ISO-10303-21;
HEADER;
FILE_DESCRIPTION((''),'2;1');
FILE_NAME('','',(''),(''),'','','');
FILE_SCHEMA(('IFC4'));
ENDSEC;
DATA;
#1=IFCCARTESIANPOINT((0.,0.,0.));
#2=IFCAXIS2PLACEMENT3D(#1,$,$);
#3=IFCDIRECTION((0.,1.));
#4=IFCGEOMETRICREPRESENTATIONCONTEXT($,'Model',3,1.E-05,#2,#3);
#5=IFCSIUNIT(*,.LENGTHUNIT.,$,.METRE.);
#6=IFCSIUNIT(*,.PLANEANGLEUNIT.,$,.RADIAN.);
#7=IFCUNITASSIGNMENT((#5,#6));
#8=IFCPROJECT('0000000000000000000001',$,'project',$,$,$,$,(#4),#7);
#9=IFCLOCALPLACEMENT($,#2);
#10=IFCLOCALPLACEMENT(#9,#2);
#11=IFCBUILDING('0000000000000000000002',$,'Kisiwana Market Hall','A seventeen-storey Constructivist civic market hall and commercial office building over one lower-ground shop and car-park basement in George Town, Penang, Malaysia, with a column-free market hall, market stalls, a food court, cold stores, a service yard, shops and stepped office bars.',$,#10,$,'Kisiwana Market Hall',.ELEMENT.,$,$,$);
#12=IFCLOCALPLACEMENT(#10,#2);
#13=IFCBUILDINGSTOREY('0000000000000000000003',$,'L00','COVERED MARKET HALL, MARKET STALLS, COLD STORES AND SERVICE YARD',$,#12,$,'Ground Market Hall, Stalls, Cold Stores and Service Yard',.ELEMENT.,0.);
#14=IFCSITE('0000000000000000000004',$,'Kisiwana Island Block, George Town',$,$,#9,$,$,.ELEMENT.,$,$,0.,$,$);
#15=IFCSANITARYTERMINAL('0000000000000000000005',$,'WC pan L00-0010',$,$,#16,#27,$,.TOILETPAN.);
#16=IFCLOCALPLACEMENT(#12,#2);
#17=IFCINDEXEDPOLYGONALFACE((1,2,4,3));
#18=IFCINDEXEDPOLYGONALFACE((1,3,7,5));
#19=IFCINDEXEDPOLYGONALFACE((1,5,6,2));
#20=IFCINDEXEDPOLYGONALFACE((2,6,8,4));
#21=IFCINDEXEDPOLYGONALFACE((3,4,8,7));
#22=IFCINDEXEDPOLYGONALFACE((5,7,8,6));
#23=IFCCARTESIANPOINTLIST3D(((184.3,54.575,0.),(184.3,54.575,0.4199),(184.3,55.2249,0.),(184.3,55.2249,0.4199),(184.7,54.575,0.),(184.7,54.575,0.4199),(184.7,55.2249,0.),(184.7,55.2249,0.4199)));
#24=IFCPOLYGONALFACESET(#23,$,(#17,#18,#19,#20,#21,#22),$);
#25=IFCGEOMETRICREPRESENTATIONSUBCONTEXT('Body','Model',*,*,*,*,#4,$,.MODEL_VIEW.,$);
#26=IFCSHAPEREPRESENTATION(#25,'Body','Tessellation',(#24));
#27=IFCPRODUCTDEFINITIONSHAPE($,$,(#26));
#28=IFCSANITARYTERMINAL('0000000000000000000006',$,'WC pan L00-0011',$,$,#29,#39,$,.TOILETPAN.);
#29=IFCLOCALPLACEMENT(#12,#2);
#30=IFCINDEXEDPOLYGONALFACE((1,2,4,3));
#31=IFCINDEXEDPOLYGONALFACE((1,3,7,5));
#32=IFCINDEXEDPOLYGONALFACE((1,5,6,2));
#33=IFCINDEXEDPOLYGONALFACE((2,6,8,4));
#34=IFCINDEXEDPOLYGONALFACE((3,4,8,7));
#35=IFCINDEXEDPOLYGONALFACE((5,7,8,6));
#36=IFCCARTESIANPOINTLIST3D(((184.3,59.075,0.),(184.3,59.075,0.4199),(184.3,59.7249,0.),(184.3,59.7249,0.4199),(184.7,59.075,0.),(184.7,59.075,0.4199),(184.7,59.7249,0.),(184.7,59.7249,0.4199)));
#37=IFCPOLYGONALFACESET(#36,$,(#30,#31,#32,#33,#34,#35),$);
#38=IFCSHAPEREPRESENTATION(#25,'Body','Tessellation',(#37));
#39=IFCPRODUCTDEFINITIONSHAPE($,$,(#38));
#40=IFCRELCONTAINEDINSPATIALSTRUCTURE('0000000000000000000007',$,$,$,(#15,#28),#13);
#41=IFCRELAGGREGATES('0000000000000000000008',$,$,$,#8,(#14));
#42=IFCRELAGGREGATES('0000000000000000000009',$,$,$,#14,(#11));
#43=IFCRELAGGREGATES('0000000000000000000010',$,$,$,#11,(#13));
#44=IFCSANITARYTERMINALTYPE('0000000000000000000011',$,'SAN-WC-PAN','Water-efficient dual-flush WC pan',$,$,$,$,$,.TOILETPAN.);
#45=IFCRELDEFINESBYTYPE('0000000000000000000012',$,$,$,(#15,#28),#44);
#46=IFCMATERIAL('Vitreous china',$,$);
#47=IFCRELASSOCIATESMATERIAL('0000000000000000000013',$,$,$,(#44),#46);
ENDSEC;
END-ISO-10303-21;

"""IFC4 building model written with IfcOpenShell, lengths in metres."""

from ifc_helpers import new_model, si_unit, direction, frame, origin, origin_2d, place, context, subcontext, project, spatial, rectangle, extrude, material, type_object, element, save


model = new_model("IFC4")

# Units and contexts
model_context = context("Model", 3, precision=1e-05, world=origin(), true_north=direction((0.0, 1.0)))
body_context = subcontext(model_context, "Body", "Model", "MODEL_VIEW")
ifc_project = project(units=[si_unit("LENGTHUNIT", "METRE"), si_unit("PLANEANGLEUNIT", "RADIAN")], contexts=[model_context])

# Site, building, storey
site_placement = place(None, origin())
site = spatial("IfcSite", under=ifc_project, at=site_placement, Name="Kisiwana Island Block, George Town", CompositionType="ELEMENT", RefElevation=0.0)
building_placement = place(site_placement, origin())
building = spatial("IfcBuilding", under=site, at=building_placement, Name="Kisiwana Market Hall", Description="A seventeen-storey Constructivist civic market hall and commercial office building over one lower-ground shop and car-park basement in George Town, Penang, Malaysia, with a column-free market hall, market stalls, a food court, cold stores, a service yard, shops and stepped office bars.", LongName="Kisiwana Market Hall", CompositionType="ELEMENT")
storey_placement = place(building_placement, origin())
storey = spatial("IfcBuildingStorey", under=building, at=storey_placement, Name="L00", Description="COVERED MARKET HALL, MARKET STALLS, COLD STORES AND SERVICE YARD", LongName="Ground Market Hall, Stalls, Cold Stores and Service Yard", CompositionType="ELEMENT", Elevation=0.0)

# Sanitary terminals
ifc_material_1 = material(Name="Vitreous china")
sanitary_terminal_type_1 = type_object("IfcSanitaryTerminalType", Name="SAN-WC-PAN", Description="Water-efficient dual-flush WC pan", PredefinedType="TOILETPAN", material=ifc_material_1)
for number, where, z_axis, x_axis, name in (
    (1, (184.5, 54.8999, 0.0), (0.0, 0.0, 1.0), (1.0, 0.0, 0.0), "WC pan L00-0010"),
    (2, (184.5, 59.3999, 0.0), (0.0, 0.0, 1.0), (1.0, 0.0, 0.0), "WC pan L00-0011"),
):
    element("IfcSanitaryTerminal", number, at=place(storey_placement, frame(where, z_axis=z_axis, x_axis=x_axis)), inside=storey, type_object=sanitary_terminal_type_1, Name=name, PredefinedType="TOILETPAN", context=body_context, shape_type="SweptSolid", body=[
        extrude(rectangle(XDim=0.3999, YDim=0.6499, at=origin_2d()), origin(), (0.0, 0.0, 1.0), 0.4199),
    ])

save(model, "model.ifc")
